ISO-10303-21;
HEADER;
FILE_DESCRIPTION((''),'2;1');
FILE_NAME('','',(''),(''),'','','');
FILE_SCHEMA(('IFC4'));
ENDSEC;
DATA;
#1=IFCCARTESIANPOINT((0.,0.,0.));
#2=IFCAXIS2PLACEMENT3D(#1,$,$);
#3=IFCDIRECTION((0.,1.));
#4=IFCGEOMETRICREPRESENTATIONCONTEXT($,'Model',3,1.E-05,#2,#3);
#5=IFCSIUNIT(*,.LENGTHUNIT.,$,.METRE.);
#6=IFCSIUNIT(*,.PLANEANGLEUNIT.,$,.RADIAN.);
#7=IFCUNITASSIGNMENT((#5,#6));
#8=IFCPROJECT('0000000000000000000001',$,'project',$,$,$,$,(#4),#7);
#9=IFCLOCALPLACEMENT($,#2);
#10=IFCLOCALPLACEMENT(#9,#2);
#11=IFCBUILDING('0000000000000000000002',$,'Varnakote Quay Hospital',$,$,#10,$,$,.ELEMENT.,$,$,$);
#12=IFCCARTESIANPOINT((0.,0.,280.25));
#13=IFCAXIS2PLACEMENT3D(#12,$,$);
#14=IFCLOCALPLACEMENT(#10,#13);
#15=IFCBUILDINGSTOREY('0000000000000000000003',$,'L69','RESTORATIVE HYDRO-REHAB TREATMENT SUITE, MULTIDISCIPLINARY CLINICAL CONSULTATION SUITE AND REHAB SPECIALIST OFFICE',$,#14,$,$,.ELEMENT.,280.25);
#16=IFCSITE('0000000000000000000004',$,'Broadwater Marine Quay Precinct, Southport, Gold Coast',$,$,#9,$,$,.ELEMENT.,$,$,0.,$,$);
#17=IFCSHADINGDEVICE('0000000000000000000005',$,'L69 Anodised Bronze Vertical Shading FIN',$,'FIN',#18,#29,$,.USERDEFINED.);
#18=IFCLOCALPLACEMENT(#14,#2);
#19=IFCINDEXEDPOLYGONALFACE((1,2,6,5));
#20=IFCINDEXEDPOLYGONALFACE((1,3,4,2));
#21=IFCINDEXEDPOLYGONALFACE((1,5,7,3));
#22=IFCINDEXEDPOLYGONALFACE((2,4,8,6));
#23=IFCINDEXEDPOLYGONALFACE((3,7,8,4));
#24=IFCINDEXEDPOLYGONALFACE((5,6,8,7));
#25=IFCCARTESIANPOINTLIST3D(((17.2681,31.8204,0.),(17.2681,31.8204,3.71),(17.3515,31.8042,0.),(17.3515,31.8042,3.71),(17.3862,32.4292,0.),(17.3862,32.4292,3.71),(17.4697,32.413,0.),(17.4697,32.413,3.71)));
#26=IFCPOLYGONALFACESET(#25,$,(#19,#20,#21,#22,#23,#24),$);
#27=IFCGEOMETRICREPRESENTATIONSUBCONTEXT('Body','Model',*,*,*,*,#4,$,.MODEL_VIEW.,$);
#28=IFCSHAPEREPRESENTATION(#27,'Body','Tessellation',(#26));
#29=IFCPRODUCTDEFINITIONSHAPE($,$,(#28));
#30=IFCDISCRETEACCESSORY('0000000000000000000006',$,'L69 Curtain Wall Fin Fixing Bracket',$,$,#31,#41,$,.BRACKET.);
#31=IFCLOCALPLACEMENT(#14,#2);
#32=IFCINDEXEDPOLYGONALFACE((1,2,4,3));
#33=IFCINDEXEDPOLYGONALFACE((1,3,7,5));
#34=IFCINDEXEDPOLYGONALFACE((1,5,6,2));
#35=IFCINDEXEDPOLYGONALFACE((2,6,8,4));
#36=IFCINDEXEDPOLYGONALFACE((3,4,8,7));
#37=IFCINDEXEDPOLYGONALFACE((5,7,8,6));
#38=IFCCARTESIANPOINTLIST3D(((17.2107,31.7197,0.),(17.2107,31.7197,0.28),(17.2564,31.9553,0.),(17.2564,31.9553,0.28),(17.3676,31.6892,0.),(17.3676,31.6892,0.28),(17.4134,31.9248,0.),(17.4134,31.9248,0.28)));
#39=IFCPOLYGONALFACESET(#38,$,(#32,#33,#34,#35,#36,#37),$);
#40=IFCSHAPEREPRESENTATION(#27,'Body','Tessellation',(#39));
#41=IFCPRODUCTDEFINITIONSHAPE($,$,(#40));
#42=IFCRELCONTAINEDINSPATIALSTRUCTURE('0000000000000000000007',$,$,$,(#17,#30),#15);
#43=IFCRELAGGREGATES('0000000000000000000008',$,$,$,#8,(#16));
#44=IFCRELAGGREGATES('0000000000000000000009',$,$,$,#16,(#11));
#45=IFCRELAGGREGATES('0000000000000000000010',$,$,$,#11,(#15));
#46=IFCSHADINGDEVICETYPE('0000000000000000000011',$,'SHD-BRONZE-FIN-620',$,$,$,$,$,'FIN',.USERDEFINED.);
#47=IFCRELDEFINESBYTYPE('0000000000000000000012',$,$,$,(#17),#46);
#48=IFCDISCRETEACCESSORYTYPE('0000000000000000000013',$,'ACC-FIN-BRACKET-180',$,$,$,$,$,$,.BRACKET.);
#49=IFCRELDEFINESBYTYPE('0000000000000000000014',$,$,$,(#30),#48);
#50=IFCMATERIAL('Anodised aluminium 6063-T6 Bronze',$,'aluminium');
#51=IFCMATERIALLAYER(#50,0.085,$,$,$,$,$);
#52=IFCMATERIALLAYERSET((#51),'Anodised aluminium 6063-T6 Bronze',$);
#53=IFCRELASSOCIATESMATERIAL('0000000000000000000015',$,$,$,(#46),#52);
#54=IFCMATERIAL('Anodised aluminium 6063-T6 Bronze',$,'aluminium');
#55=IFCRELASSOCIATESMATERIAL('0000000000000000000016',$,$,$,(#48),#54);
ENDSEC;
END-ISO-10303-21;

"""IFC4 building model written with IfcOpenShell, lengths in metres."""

from ifc_helpers import new_model, si_unit, direction, frame, origin, origin_2d, place, context, subcontext, project, spatial, rectangle, extrude, material, layer, layer_set, type_object, element, save


model = new_model("IFC4")

# Units and contexts
model_context = context("Model", 3, precision=1e-05, world=origin(), true_north=direction((0.0, 1.0)))
body_context = subcontext(model_context, "Body", "Model", "MODEL_VIEW")
ifc_project = project(units=[si_unit("LENGTHUNIT", "METRE"), si_unit("PLANEANGLEUNIT", "RADIAN")], contexts=[model_context])

# Site, building, storey
site_placement = place(None, origin())
site = spatial("IfcSite", under=ifc_project, at=site_placement, Name="Broadwater Marine Quay Precinct, Southport, Gold Coast", CompositionType="ELEMENT", RefElevation=0.0)
building_placement = place(site_placement, origin())
building = spatial("IfcBuilding", under=site, at=building_placement, Name="Varnakote Quay Hospital", CompositionType="ELEMENT")
storey_placement = place(building_placement, frame((0.0, 0.0, 280.25)))
storey = spatial("IfcBuildingStorey", under=building, at=storey_placement, Name="L69", Description="RESTORATIVE HYDRO-REHAB TREATMENT SUITE, MULTIDISCIPLINARY CLINICAL CONSULTATION SUITE AND REHAB SPECIALIST OFFICE", CompositionType="ELEMENT", Elevation=280.25)

# Shading device
ifc_material_1 = material(Name="Anodised aluminium 6063-T6 Bronze", Category="aluminium")
ifc_layer_1 = layer(ifc_material_1, 0.085)
ifc_layer_set_1 = layer_set([ifc_layer_1], Name="Anodised aluminium 6063-T6 Bronze")
shading_device_type = type_object("IfcShadingDeviceType", Name="SHD-BRONZE-FIN-620", ElementType="FIN", PredefinedType="USERDEFINED", material=ifc_layer_set_1)
shading_device_placement = place(storey_placement, frame((17.3689, 32.1167, 0.0), z_axis=(0.0, 0.0, 1.0), x_axis=(-0.190466, -0.981694, 0.0)))
element("IfcShadingDevice", 1, at=shading_device_placement, inside=storey, type_object=shading_device_type, Name="L69 Anodised Bronze Vertical Shading FIN", ObjectType="FIN", PredefinedType="USERDEFINED", context=body_context, shape_type="SweptSolid", body=[
    extrude(rectangle(XDim=0.6201, YDim=0.085, at=origin_2d()), origin(), (0.0, 0.0, 1.0), 3.71),
])

# Discrete accessory
ifc_material_2 = material(Name="Anodised aluminium 6063-T6 Bronze", Category="aluminium")
discrete_accessory_type = type_object("IfcDiscreteAccessoryType", Name="ACC-FIN-BRACKET-180", PredefinedType="BRACKET", material=ifc_material_2)
discrete_accessory_placement = place(storey_placement, frame((17.312, 31.8223, 0.0), z_axis=(0.0, 0.0, 1.0), x_axis=(-0.981694, 0.190466, 0.0)))
element("IfcDiscreteAccessory", 2, at=discrete_accessory_placement, inside=storey, type_object=discrete_accessory_type, Name="L69 Curtain Wall Fin Fixing Bracket", PredefinedType="BRACKET", context=body_context, shape_type="SweptSolid", body=[
    extrude(rectangle(XDim=0.1599, YDim=0.24, at=origin_2d()), origin(), (0.0, 0.0, 1.0), 0.28),
])

save(model, "model.ifc")
